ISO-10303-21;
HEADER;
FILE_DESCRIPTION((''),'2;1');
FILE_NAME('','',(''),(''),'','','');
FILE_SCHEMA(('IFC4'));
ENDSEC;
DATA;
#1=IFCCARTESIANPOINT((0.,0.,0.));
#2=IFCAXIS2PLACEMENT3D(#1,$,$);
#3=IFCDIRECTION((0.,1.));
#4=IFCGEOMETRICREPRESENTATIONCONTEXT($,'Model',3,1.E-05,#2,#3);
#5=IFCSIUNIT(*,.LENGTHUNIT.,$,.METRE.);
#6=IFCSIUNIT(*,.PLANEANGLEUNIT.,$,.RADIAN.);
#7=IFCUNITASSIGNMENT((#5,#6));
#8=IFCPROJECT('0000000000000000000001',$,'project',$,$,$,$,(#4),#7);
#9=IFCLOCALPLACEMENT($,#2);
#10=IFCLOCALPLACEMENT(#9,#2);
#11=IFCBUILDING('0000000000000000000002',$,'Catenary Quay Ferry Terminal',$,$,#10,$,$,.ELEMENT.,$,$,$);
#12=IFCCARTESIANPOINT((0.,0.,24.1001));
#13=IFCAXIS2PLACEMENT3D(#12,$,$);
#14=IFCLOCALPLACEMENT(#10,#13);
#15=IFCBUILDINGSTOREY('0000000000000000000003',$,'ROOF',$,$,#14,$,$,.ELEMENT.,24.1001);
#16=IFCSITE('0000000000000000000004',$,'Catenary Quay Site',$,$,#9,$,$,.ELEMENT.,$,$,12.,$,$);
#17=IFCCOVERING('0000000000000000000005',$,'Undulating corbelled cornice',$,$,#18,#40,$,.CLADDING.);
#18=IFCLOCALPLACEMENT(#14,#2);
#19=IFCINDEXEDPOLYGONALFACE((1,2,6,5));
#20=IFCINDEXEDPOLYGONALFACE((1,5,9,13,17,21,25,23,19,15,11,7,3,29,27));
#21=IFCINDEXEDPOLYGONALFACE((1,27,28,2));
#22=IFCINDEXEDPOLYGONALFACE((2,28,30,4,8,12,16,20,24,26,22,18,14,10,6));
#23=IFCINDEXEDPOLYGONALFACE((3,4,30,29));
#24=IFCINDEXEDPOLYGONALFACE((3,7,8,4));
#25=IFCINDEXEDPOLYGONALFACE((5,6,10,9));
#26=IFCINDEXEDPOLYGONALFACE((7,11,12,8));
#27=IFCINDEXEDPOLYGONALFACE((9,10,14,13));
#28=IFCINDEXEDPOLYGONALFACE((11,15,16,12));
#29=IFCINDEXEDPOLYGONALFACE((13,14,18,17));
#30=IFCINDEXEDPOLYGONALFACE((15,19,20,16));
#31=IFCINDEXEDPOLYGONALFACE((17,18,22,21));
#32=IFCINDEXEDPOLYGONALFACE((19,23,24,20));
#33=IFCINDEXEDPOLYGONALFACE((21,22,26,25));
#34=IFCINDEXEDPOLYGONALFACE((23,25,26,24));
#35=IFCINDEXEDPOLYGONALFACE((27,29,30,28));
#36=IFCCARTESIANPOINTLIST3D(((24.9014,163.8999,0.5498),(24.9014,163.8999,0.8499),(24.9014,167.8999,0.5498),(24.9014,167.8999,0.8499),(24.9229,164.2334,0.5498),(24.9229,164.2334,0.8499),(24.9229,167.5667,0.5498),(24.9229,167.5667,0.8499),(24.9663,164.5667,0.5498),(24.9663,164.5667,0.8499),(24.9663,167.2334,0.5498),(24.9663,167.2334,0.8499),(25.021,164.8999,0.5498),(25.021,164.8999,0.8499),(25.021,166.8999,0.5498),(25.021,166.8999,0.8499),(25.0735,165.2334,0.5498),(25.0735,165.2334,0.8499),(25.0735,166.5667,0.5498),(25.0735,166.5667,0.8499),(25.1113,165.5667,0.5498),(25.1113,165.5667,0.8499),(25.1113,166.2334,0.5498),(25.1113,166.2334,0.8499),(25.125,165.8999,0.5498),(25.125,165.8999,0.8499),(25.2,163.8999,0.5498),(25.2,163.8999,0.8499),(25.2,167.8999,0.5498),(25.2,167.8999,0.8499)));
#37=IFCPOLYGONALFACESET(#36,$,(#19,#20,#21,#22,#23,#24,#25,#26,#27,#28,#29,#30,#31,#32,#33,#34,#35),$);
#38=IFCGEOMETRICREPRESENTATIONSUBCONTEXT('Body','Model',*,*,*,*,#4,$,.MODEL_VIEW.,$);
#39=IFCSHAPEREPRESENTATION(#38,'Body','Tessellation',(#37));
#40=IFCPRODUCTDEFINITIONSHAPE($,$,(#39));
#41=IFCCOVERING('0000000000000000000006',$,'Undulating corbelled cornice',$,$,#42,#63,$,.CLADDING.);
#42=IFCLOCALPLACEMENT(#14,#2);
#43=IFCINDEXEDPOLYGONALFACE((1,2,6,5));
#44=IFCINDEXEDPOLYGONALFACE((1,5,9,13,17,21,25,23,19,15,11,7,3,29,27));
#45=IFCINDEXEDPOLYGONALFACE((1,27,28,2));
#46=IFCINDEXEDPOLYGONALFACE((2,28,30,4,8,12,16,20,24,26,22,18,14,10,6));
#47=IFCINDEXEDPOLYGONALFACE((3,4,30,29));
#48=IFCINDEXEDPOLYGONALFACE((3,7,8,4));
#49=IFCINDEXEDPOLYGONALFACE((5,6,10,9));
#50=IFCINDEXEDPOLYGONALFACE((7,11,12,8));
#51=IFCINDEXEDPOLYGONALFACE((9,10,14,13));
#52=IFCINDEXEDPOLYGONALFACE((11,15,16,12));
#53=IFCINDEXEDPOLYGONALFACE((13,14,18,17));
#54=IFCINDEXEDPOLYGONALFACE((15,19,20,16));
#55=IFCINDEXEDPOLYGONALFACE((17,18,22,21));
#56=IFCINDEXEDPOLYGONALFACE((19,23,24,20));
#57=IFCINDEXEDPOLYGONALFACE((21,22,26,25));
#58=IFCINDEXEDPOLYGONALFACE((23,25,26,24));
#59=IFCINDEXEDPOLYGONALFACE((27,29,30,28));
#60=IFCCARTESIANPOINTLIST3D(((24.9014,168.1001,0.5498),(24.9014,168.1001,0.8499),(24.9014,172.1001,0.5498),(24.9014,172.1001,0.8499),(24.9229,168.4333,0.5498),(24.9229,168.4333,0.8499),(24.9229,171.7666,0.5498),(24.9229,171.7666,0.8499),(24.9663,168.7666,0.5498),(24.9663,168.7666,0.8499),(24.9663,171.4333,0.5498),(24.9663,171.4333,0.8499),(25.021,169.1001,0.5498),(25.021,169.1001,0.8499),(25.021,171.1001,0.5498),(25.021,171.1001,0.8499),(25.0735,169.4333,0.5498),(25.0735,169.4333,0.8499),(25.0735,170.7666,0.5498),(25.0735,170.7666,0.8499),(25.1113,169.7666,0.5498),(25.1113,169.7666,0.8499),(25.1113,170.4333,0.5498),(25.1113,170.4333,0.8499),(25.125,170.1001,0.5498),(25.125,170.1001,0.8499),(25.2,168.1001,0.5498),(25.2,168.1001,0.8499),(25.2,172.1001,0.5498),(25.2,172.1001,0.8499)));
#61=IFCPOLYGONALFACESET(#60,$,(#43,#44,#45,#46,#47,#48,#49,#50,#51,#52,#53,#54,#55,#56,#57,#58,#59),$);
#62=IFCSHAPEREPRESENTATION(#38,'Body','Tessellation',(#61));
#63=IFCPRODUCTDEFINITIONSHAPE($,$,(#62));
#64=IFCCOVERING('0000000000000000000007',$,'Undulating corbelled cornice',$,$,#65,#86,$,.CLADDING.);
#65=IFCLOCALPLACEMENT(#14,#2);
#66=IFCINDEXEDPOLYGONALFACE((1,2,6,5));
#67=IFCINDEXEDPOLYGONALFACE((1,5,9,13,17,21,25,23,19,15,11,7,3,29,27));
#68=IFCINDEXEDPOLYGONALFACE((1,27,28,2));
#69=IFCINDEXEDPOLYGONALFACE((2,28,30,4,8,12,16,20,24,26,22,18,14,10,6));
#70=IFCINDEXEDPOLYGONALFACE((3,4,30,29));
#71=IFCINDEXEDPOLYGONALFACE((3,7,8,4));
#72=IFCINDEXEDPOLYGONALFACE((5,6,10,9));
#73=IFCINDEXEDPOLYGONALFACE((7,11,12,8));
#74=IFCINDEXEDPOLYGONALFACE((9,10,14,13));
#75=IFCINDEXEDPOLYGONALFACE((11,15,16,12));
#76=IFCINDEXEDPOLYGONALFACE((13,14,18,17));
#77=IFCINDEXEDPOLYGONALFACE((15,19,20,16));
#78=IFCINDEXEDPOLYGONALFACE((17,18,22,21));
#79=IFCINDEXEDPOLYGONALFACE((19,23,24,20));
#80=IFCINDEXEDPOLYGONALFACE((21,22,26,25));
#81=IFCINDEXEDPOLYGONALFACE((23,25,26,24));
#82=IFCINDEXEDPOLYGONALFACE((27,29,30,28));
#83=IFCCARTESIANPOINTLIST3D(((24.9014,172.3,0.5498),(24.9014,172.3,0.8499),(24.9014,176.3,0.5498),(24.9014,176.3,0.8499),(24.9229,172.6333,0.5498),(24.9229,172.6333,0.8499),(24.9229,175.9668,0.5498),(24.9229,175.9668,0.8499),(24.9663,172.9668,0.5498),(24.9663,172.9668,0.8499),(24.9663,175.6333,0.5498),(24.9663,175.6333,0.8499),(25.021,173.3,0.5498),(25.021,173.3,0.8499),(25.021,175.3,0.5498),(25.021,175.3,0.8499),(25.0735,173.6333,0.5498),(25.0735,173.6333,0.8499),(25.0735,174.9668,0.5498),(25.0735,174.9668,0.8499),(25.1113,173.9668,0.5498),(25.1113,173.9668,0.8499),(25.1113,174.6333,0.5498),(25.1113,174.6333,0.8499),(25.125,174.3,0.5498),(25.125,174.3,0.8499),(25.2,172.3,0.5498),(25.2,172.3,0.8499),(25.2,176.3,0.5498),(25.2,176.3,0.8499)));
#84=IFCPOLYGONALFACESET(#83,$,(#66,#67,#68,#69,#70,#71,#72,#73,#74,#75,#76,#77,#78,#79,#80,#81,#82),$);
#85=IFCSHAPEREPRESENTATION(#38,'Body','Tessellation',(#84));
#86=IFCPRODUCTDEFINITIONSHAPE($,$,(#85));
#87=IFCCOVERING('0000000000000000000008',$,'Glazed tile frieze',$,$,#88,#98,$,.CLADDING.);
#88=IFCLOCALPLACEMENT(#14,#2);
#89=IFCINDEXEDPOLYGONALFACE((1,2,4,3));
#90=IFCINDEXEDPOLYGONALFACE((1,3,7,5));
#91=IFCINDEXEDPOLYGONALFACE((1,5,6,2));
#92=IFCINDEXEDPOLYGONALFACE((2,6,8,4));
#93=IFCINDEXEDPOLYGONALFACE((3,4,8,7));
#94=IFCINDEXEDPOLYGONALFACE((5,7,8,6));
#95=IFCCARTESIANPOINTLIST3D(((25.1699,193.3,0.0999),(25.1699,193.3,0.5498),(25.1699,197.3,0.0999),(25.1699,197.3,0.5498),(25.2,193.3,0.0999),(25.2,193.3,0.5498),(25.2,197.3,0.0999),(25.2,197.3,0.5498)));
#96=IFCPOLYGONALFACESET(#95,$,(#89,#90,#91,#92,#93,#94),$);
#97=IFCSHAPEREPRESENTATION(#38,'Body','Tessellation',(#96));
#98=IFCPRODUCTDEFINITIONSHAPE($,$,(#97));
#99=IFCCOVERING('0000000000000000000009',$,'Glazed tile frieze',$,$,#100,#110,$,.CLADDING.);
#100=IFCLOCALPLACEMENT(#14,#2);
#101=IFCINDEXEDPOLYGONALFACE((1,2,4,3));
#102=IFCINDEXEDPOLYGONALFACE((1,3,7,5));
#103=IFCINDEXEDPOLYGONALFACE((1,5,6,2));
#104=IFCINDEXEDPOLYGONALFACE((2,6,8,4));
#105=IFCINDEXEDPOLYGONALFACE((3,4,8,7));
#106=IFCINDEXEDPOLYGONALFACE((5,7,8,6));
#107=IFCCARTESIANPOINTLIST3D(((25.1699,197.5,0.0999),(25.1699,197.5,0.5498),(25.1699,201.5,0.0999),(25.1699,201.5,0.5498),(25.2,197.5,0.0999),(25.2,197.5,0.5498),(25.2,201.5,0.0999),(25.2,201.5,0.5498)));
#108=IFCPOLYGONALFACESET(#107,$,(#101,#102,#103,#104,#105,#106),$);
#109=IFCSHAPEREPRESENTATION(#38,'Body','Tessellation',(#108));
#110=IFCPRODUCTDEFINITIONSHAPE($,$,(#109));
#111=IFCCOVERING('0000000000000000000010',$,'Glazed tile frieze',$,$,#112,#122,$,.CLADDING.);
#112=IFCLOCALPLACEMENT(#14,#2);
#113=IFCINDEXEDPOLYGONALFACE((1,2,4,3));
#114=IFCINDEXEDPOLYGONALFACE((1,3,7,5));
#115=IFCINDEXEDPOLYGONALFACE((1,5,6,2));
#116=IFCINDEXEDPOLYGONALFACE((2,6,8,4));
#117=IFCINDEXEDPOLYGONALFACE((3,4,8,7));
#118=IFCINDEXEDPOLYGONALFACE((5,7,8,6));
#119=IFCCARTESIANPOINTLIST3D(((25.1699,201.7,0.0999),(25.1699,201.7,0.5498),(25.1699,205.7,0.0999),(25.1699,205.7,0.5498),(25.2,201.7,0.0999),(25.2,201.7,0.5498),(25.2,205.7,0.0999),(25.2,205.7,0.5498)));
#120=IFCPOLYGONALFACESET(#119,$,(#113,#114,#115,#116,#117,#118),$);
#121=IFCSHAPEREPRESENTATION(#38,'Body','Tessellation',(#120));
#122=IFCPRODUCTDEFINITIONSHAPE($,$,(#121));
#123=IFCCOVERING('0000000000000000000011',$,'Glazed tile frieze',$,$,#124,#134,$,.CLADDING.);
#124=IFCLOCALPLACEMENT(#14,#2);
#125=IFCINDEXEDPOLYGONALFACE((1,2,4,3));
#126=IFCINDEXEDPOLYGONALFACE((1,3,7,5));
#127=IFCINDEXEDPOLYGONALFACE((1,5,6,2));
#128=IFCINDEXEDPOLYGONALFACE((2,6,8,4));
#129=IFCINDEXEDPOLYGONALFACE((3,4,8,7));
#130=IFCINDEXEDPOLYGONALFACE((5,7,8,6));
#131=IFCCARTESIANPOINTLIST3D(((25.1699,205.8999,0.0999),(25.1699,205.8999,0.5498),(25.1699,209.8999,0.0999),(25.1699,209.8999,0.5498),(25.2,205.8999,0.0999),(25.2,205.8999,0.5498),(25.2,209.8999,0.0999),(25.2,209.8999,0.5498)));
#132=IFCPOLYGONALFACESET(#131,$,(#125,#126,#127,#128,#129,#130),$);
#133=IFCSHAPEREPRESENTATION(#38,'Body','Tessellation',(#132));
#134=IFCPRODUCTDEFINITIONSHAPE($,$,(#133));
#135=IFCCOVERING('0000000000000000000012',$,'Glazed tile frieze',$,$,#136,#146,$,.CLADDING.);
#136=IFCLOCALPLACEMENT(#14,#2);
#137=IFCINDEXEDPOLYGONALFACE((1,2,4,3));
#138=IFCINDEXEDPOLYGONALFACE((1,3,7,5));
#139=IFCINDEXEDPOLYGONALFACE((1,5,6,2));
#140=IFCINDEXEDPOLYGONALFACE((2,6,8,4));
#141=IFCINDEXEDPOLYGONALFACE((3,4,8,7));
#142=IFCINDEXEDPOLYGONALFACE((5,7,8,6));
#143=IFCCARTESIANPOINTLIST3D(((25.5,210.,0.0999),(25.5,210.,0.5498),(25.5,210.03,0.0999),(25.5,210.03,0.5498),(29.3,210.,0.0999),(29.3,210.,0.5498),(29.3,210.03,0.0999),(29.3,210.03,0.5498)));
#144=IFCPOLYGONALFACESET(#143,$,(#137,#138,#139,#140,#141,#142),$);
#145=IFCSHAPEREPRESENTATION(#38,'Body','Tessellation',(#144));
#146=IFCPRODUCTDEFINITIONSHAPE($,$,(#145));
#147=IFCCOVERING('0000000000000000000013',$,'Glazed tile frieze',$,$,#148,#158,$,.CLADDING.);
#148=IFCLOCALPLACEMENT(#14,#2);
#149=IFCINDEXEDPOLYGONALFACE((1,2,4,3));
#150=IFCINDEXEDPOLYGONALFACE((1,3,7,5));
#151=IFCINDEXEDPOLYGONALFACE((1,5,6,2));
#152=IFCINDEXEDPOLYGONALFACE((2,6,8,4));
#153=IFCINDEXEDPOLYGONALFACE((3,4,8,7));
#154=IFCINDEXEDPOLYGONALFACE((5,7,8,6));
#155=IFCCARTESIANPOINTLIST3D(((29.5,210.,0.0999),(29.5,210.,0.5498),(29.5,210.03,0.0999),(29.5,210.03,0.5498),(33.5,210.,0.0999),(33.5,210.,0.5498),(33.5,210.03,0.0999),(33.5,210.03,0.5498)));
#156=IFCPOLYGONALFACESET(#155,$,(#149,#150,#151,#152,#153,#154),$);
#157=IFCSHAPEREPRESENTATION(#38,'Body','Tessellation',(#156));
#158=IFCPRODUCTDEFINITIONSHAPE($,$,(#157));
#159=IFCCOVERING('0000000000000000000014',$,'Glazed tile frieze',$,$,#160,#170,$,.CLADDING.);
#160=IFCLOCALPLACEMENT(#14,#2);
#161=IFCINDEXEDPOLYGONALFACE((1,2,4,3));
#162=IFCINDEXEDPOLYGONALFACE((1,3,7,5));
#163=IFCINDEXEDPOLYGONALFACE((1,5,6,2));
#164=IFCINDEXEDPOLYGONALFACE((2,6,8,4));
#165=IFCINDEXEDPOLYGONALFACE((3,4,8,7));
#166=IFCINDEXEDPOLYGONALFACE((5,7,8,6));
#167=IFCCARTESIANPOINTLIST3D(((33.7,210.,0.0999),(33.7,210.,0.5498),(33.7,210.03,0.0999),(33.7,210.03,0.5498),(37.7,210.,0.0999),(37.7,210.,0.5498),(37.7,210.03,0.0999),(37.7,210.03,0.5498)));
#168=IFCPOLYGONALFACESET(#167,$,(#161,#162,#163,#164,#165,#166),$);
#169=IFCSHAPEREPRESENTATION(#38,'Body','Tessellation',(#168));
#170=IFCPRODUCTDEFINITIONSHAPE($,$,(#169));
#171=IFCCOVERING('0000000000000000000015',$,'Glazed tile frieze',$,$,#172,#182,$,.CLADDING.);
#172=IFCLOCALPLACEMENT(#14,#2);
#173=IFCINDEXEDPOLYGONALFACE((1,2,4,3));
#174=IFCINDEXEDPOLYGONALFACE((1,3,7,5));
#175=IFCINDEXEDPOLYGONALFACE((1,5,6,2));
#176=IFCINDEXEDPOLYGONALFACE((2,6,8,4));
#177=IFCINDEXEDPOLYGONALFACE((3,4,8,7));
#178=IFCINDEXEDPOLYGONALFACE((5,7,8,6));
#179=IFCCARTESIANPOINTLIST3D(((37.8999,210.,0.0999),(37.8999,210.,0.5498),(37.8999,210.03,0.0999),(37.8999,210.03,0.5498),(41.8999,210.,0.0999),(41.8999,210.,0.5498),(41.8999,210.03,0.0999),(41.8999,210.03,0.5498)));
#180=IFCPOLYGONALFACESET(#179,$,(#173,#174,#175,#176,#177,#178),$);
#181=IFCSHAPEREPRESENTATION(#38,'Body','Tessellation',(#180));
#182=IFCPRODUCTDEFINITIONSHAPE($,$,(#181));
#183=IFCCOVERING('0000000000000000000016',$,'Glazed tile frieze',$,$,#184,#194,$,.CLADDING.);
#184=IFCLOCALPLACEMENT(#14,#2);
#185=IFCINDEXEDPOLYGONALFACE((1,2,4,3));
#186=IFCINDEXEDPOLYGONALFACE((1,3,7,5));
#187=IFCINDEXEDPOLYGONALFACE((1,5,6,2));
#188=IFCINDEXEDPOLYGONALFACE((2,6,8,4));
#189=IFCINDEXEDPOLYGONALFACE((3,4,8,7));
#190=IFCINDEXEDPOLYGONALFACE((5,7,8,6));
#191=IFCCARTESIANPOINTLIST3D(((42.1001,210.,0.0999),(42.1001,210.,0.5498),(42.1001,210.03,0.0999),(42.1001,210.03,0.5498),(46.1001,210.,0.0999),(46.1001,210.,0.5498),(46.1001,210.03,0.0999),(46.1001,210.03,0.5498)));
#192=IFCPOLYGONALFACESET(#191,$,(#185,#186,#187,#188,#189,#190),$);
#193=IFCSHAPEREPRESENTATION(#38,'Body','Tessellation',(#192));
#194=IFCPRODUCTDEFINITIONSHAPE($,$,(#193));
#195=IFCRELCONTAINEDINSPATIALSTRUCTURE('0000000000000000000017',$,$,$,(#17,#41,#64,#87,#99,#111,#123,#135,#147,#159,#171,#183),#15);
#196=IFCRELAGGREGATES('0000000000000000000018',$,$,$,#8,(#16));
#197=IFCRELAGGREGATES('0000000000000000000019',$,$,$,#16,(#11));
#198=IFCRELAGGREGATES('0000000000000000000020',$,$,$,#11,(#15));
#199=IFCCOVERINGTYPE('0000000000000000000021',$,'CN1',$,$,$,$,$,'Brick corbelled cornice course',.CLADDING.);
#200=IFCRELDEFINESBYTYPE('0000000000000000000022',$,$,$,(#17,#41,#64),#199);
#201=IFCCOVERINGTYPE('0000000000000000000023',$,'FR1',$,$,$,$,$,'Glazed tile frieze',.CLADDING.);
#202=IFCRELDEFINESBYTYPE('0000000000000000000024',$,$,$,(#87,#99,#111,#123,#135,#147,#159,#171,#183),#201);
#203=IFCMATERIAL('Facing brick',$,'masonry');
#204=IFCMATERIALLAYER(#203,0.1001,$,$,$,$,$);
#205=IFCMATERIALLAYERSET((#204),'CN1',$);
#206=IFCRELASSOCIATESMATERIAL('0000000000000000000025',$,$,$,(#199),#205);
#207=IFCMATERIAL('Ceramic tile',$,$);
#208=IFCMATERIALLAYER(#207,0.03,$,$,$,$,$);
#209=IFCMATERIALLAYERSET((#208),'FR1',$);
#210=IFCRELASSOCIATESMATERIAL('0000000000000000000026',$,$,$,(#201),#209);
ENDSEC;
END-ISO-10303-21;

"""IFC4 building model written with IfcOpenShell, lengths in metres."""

from ifc_helpers import new_model, si_unit, direction, frame, origin, place, context, subcontext, project, spatial, polyline, outline, extrude, material, layer, layer_set, type_object, element, save


model = new_model("IFC4")

# Units and contexts
model_context = context("Model", 3, precision=1e-05, world=origin(), true_north=direction((0.0, 1.0)))
body_context = subcontext(model_context, "Body", "Model", "MODEL_VIEW")
ifc_project = project(units=[si_unit("LENGTHUNIT", "METRE"), si_unit("PLANEANGLEUNIT", "RADIAN")], contexts=[model_context])

# Site, building, storey
site_placement = place(None, origin())
site = spatial("IfcSite", under=ifc_project, at=site_placement, Name="Catenary Quay Site", CompositionType="ELEMENT", RefElevation=12.0)
building_placement = place(site_placement, origin())
building = spatial("IfcBuilding", under=site, at=building_placement, Name="Catenary Quay Ferry Terminal", CompositionType="ELEMENT")
storey_placement = place(building_placement, frame((0.0, 0.0, 24.1001)))
storey = spatial("IfcBuildingStorey", under=building, at=storey_placement, Name="ROOF", CompositionType="ELEMENT", Elevation=24.1001)

# Coverings
ifc_material_1 = material(Name="Facing brick", Category="masonry")
ifc_layer_1 = layer(ifc_material_1, 0.1001)
ifc_layer_set_1 = layer_set([ifc_layer_1], Name="CN1")
covering_type_1 = type_object("IfcCoveringType", Name="CN1", ElementType="Brick corbelled cornice course", PredefinedType="CLADDING", material=ifc_layer_set_1)
covering_1_placement = place(storey_placement, frame((0.0, 0.0, 0.5498)))
element("IfcCovering", 1, at=covering_1_placement, inside=storey, type_object=covering_type_1, Name="Undulating corbelled cornice", PredefinedType="CLADDING", context=body_context, shape_type="SweptSolid", body=[
    extrude(outline(polyline([(25.2, 163.8999), (24.9014, 163.8999), (24.9229, 164.2334), (24.9663, 164.5667), (25.021, 164.8999), (25.0735, 165.2334), (25.1113, 165.5667), (25.125, 165.8999), (25.1113, 166.2334), (25.0735, 166.5667), (25.021, 166.8999), (24.9663, 167.2334), (24.9229, 167.5667), (24.9014, 167.8999), (25.2, 167.8999), (25.2, 163.8999)])), origin(), (0.0, 0.0, 1.0), 0.3),
])
covering_2_placement = place(storey_placement, frame((0.0, 0.0, 0.5498)))
element("IfcCovering", 2, at=covering_2_placement, inside=storey, type_object=covering_type_1, Name="Undulating corbelled cornice", PredefinedType="CLADDING", context=body_context, shape_type="SweptSolid", body=[
    extrude(outline(polyline([(25.2, 168.1001), (24.9014, 168.1001), (24.9229, 168.4333), (24.9663, 168.7666), (25.021, 169.1001), (25.0735, 169.4333), (25.1113, 169.7666), (25.125, 170.1001), (25.1113, 170.4333), (25.0735, 170.7666), (25.021, 171.1001), (24.9663, 171.4333), (24.9229, 171.7666), (24.9014, 172.1001), (25.2, 172.1001), (25.2, 168.1001)])), origin(), (0.0, 0.0, 1.0), 0.3),
])
covering_3_placement = place(storey_placement, frame((0.0, 0.0, 0.5498)))
element("IfcCovering", 3, at=covering_3_placement, inside=storey, type_object=covering_type_1, Name="Undulating corbelled cornice", PredefinedType="CLADDING", context=body_context, shape_type="SweptSolid", body=[
    extrude(outline(polyline([(25.2, 172.3), (24.9014, 172.3), (24.9229, 172.6333), (24.9663, 172.9668), (25.021, 173.3), (25.0735, 173.6333), (25.1113, 173.9668), (25.125, 174.3), (25.1113, 174.6333), (25.0735, 174.9668), (25.021, 175.3), (24.9663, 175.6333), (24.9229, 175.9668), (24.9014, 176.3), (25.2, 176.3), (25.2, 172.3)])), origin(), (0.0, 0.0, 1.0), 0.3),
])
ifc_material_2 = material(Name="Ceramic tile")
ifc_layer_2 = layer(ifc_material_2, 0.03)
ifc_layer_set_2 = layer_set([ifc_layer_2], Name="FR1")
covering_type_2 = type_object("IfcCoveringType", Name="FR1", ElementType="Glazed tile frieze", PredefinedType="CLADDING", material=ifc_layer_set_2)
covering_4_placement = place(storey_placement, frame((0.0, 0.0, 0.0999)))
element("IfcCovering", 4, at=covering_4_placement, inside=storey, type_object=covering_type_2, Name="Glazed tile frieze", PredefinedType="CLADDING", context=body_context, shape_type="SweptSolid", body=[
    extrude(outline(polyline([(25.2, 193.3), (25.2, 197.3), (25.1699, 197.3), (25.1699, 193.3), (25.2, 193.3)])), origin(), (0.0, 0.0, 1.0), 0.45),
])
covering_5_placement = place(storey_placement, frame((0.0, 0.0, 0.0999)))
element("IfcCovering", 5, at=covering_5_placement, inside=storey, type_object=covering_type_2, Name="Glazed tile frieze", PredefinedType="CLADDING", context=body_context, shape_type="SweptSolid", body=[
    extrude(outline(polyline([(25.2, 197.5), (25.2, 201.5), (25.1699, 201.5), (25.1699, 197.5), (25.2, 197.5)])), origin(), (0.0, 0.0, 1.0), 0.45),
])
covering_6_placement = place(storey_placement, frame((0.0, 0.0, 0.0999)))
element("IfcCovering", 6, at=covering_6_placement, inside=storey, type_object=covering_type_2, Name="Glazed tile frieze", PredefinedType="CLADDING", context=body_context, shape_type="SweptSolid", body=[
    extrude(outline(polyline([(25.2, 201.7), (25.2, 205.7), (25.1699, 205.7), (25.1699, 201.7), (25.2, 201.7)])), origin(), (0.0, 0.0, 1.0), 0.45),
])
covering_7_placement = place(storey_placement, frame((0.0, 0.0, 0.0999)))
element("IfcCovering", 7, at=covering_7_placement, inside=storey, type_object=covering_type_2, Name="Glazed tile frieze", PredefinedType="CLADDING", context=body_context, shape_type="SweptSolid", body=[
    extrude(outline(polyline([(25.2, 205.8999), (25.2, 209.8999), (25.1699, 209.8999), (25.1699, 205.8999), (25.2, 205.8999)])), origin(), (0.0, 0.0, 1.0), 0.45),
])
covering_8_placement = place(storey_placement, frame((0.0, 0.0, 0.0999)))
element("IfcCovering", 8, at=covering_8_placement, inside=storey, type_object=covering_type_2, Name="Glazed tile frieze", PredefinedType="CLADDING", context=body_context, shape_type="SweptSolid", body=[
    extrude(outline(polyline([(25.5, 210.0), (29.3, 210.0), (29.3, 210.03), (25.5, 210.03), (25.5, 210.0)])), origin(), (0.0, 0.0, 1.0), 0.45),
])
covering_9_placement = place(storey_placement, frame((0.0, 0.0, 0.0999)))
element("IfcCovering", 9, at=covering_9_placement, inside=storey, type_object=covering_type_2, Name="Glazed tile frieze", PredefinedType="CLADDING", context=body_context, shape_type="SweptSolid", body=[
    extrude(outline(polyline([(29.5, 210.0), (33.5, 210.0), (33.5, 210.03), (29.5, 210.03), (29.5, 210.0)])), origin(), (0.0, 0.0, 1.0), 0.45),
])
covering_10_placement = place(storey_placement, frame((0.0, 0.0, 0.0999)))
element("IfcCovering", 10, at=covering_10_placement, inside=storey, type_object=covering_type_2, Name="Glazed tile frieze", PredefinedType="CLADDING", context=body_context, shape_type="SweptSolid", body=[
    extrude(outline(polyline([(33.7, 210.0), (37.7, 210.0), (37.7, 210.03), (33.7, 210.03), (33.7, 210.0)])), origin(), (0.0, 0.0, 1.0), 0.45),
])
covering_11_placement = place(storey_placement, frame((0.0, 0.0, 0.0999)))
element("IfcCovering", 11, at=covering_11_placement, inside=storey, type_object=covering_type_2, Name="Glazed tile frieze", PredefinedType="CLADDING", context=body_context, shape_type="SweptSolid", body=[
    extrude(outline(polyline([(37.8999, 210.0), (41.8999, 210.0), (41.8999, 210.03), (37.8999, 210.03), (37.8999, 210.0)])), origin(), (0.0, 0.0, 1.0), 0.45),
])
covering_12_placement = place(storey_placement, frame((0.0, 0.0, 0.0999)))
element("IfcCovering", 12, at=covering_12_placement, inside=storey, type_object=covering_type_2, Name="Glazed tile frieze", PredefinedType="CLADDING", context=body_context, shape_type="SweptSolid", body=[
    extrude(outline(polyline([(42.1001, 210.0), (46.1001, 210.0), (46.1001, 210.03), (42.1001, 210.03), (42.1001, 210.0)])), origin(), (0.0, 0.0, 1.0), 0.45),
])

save(model, "model.ifc")
